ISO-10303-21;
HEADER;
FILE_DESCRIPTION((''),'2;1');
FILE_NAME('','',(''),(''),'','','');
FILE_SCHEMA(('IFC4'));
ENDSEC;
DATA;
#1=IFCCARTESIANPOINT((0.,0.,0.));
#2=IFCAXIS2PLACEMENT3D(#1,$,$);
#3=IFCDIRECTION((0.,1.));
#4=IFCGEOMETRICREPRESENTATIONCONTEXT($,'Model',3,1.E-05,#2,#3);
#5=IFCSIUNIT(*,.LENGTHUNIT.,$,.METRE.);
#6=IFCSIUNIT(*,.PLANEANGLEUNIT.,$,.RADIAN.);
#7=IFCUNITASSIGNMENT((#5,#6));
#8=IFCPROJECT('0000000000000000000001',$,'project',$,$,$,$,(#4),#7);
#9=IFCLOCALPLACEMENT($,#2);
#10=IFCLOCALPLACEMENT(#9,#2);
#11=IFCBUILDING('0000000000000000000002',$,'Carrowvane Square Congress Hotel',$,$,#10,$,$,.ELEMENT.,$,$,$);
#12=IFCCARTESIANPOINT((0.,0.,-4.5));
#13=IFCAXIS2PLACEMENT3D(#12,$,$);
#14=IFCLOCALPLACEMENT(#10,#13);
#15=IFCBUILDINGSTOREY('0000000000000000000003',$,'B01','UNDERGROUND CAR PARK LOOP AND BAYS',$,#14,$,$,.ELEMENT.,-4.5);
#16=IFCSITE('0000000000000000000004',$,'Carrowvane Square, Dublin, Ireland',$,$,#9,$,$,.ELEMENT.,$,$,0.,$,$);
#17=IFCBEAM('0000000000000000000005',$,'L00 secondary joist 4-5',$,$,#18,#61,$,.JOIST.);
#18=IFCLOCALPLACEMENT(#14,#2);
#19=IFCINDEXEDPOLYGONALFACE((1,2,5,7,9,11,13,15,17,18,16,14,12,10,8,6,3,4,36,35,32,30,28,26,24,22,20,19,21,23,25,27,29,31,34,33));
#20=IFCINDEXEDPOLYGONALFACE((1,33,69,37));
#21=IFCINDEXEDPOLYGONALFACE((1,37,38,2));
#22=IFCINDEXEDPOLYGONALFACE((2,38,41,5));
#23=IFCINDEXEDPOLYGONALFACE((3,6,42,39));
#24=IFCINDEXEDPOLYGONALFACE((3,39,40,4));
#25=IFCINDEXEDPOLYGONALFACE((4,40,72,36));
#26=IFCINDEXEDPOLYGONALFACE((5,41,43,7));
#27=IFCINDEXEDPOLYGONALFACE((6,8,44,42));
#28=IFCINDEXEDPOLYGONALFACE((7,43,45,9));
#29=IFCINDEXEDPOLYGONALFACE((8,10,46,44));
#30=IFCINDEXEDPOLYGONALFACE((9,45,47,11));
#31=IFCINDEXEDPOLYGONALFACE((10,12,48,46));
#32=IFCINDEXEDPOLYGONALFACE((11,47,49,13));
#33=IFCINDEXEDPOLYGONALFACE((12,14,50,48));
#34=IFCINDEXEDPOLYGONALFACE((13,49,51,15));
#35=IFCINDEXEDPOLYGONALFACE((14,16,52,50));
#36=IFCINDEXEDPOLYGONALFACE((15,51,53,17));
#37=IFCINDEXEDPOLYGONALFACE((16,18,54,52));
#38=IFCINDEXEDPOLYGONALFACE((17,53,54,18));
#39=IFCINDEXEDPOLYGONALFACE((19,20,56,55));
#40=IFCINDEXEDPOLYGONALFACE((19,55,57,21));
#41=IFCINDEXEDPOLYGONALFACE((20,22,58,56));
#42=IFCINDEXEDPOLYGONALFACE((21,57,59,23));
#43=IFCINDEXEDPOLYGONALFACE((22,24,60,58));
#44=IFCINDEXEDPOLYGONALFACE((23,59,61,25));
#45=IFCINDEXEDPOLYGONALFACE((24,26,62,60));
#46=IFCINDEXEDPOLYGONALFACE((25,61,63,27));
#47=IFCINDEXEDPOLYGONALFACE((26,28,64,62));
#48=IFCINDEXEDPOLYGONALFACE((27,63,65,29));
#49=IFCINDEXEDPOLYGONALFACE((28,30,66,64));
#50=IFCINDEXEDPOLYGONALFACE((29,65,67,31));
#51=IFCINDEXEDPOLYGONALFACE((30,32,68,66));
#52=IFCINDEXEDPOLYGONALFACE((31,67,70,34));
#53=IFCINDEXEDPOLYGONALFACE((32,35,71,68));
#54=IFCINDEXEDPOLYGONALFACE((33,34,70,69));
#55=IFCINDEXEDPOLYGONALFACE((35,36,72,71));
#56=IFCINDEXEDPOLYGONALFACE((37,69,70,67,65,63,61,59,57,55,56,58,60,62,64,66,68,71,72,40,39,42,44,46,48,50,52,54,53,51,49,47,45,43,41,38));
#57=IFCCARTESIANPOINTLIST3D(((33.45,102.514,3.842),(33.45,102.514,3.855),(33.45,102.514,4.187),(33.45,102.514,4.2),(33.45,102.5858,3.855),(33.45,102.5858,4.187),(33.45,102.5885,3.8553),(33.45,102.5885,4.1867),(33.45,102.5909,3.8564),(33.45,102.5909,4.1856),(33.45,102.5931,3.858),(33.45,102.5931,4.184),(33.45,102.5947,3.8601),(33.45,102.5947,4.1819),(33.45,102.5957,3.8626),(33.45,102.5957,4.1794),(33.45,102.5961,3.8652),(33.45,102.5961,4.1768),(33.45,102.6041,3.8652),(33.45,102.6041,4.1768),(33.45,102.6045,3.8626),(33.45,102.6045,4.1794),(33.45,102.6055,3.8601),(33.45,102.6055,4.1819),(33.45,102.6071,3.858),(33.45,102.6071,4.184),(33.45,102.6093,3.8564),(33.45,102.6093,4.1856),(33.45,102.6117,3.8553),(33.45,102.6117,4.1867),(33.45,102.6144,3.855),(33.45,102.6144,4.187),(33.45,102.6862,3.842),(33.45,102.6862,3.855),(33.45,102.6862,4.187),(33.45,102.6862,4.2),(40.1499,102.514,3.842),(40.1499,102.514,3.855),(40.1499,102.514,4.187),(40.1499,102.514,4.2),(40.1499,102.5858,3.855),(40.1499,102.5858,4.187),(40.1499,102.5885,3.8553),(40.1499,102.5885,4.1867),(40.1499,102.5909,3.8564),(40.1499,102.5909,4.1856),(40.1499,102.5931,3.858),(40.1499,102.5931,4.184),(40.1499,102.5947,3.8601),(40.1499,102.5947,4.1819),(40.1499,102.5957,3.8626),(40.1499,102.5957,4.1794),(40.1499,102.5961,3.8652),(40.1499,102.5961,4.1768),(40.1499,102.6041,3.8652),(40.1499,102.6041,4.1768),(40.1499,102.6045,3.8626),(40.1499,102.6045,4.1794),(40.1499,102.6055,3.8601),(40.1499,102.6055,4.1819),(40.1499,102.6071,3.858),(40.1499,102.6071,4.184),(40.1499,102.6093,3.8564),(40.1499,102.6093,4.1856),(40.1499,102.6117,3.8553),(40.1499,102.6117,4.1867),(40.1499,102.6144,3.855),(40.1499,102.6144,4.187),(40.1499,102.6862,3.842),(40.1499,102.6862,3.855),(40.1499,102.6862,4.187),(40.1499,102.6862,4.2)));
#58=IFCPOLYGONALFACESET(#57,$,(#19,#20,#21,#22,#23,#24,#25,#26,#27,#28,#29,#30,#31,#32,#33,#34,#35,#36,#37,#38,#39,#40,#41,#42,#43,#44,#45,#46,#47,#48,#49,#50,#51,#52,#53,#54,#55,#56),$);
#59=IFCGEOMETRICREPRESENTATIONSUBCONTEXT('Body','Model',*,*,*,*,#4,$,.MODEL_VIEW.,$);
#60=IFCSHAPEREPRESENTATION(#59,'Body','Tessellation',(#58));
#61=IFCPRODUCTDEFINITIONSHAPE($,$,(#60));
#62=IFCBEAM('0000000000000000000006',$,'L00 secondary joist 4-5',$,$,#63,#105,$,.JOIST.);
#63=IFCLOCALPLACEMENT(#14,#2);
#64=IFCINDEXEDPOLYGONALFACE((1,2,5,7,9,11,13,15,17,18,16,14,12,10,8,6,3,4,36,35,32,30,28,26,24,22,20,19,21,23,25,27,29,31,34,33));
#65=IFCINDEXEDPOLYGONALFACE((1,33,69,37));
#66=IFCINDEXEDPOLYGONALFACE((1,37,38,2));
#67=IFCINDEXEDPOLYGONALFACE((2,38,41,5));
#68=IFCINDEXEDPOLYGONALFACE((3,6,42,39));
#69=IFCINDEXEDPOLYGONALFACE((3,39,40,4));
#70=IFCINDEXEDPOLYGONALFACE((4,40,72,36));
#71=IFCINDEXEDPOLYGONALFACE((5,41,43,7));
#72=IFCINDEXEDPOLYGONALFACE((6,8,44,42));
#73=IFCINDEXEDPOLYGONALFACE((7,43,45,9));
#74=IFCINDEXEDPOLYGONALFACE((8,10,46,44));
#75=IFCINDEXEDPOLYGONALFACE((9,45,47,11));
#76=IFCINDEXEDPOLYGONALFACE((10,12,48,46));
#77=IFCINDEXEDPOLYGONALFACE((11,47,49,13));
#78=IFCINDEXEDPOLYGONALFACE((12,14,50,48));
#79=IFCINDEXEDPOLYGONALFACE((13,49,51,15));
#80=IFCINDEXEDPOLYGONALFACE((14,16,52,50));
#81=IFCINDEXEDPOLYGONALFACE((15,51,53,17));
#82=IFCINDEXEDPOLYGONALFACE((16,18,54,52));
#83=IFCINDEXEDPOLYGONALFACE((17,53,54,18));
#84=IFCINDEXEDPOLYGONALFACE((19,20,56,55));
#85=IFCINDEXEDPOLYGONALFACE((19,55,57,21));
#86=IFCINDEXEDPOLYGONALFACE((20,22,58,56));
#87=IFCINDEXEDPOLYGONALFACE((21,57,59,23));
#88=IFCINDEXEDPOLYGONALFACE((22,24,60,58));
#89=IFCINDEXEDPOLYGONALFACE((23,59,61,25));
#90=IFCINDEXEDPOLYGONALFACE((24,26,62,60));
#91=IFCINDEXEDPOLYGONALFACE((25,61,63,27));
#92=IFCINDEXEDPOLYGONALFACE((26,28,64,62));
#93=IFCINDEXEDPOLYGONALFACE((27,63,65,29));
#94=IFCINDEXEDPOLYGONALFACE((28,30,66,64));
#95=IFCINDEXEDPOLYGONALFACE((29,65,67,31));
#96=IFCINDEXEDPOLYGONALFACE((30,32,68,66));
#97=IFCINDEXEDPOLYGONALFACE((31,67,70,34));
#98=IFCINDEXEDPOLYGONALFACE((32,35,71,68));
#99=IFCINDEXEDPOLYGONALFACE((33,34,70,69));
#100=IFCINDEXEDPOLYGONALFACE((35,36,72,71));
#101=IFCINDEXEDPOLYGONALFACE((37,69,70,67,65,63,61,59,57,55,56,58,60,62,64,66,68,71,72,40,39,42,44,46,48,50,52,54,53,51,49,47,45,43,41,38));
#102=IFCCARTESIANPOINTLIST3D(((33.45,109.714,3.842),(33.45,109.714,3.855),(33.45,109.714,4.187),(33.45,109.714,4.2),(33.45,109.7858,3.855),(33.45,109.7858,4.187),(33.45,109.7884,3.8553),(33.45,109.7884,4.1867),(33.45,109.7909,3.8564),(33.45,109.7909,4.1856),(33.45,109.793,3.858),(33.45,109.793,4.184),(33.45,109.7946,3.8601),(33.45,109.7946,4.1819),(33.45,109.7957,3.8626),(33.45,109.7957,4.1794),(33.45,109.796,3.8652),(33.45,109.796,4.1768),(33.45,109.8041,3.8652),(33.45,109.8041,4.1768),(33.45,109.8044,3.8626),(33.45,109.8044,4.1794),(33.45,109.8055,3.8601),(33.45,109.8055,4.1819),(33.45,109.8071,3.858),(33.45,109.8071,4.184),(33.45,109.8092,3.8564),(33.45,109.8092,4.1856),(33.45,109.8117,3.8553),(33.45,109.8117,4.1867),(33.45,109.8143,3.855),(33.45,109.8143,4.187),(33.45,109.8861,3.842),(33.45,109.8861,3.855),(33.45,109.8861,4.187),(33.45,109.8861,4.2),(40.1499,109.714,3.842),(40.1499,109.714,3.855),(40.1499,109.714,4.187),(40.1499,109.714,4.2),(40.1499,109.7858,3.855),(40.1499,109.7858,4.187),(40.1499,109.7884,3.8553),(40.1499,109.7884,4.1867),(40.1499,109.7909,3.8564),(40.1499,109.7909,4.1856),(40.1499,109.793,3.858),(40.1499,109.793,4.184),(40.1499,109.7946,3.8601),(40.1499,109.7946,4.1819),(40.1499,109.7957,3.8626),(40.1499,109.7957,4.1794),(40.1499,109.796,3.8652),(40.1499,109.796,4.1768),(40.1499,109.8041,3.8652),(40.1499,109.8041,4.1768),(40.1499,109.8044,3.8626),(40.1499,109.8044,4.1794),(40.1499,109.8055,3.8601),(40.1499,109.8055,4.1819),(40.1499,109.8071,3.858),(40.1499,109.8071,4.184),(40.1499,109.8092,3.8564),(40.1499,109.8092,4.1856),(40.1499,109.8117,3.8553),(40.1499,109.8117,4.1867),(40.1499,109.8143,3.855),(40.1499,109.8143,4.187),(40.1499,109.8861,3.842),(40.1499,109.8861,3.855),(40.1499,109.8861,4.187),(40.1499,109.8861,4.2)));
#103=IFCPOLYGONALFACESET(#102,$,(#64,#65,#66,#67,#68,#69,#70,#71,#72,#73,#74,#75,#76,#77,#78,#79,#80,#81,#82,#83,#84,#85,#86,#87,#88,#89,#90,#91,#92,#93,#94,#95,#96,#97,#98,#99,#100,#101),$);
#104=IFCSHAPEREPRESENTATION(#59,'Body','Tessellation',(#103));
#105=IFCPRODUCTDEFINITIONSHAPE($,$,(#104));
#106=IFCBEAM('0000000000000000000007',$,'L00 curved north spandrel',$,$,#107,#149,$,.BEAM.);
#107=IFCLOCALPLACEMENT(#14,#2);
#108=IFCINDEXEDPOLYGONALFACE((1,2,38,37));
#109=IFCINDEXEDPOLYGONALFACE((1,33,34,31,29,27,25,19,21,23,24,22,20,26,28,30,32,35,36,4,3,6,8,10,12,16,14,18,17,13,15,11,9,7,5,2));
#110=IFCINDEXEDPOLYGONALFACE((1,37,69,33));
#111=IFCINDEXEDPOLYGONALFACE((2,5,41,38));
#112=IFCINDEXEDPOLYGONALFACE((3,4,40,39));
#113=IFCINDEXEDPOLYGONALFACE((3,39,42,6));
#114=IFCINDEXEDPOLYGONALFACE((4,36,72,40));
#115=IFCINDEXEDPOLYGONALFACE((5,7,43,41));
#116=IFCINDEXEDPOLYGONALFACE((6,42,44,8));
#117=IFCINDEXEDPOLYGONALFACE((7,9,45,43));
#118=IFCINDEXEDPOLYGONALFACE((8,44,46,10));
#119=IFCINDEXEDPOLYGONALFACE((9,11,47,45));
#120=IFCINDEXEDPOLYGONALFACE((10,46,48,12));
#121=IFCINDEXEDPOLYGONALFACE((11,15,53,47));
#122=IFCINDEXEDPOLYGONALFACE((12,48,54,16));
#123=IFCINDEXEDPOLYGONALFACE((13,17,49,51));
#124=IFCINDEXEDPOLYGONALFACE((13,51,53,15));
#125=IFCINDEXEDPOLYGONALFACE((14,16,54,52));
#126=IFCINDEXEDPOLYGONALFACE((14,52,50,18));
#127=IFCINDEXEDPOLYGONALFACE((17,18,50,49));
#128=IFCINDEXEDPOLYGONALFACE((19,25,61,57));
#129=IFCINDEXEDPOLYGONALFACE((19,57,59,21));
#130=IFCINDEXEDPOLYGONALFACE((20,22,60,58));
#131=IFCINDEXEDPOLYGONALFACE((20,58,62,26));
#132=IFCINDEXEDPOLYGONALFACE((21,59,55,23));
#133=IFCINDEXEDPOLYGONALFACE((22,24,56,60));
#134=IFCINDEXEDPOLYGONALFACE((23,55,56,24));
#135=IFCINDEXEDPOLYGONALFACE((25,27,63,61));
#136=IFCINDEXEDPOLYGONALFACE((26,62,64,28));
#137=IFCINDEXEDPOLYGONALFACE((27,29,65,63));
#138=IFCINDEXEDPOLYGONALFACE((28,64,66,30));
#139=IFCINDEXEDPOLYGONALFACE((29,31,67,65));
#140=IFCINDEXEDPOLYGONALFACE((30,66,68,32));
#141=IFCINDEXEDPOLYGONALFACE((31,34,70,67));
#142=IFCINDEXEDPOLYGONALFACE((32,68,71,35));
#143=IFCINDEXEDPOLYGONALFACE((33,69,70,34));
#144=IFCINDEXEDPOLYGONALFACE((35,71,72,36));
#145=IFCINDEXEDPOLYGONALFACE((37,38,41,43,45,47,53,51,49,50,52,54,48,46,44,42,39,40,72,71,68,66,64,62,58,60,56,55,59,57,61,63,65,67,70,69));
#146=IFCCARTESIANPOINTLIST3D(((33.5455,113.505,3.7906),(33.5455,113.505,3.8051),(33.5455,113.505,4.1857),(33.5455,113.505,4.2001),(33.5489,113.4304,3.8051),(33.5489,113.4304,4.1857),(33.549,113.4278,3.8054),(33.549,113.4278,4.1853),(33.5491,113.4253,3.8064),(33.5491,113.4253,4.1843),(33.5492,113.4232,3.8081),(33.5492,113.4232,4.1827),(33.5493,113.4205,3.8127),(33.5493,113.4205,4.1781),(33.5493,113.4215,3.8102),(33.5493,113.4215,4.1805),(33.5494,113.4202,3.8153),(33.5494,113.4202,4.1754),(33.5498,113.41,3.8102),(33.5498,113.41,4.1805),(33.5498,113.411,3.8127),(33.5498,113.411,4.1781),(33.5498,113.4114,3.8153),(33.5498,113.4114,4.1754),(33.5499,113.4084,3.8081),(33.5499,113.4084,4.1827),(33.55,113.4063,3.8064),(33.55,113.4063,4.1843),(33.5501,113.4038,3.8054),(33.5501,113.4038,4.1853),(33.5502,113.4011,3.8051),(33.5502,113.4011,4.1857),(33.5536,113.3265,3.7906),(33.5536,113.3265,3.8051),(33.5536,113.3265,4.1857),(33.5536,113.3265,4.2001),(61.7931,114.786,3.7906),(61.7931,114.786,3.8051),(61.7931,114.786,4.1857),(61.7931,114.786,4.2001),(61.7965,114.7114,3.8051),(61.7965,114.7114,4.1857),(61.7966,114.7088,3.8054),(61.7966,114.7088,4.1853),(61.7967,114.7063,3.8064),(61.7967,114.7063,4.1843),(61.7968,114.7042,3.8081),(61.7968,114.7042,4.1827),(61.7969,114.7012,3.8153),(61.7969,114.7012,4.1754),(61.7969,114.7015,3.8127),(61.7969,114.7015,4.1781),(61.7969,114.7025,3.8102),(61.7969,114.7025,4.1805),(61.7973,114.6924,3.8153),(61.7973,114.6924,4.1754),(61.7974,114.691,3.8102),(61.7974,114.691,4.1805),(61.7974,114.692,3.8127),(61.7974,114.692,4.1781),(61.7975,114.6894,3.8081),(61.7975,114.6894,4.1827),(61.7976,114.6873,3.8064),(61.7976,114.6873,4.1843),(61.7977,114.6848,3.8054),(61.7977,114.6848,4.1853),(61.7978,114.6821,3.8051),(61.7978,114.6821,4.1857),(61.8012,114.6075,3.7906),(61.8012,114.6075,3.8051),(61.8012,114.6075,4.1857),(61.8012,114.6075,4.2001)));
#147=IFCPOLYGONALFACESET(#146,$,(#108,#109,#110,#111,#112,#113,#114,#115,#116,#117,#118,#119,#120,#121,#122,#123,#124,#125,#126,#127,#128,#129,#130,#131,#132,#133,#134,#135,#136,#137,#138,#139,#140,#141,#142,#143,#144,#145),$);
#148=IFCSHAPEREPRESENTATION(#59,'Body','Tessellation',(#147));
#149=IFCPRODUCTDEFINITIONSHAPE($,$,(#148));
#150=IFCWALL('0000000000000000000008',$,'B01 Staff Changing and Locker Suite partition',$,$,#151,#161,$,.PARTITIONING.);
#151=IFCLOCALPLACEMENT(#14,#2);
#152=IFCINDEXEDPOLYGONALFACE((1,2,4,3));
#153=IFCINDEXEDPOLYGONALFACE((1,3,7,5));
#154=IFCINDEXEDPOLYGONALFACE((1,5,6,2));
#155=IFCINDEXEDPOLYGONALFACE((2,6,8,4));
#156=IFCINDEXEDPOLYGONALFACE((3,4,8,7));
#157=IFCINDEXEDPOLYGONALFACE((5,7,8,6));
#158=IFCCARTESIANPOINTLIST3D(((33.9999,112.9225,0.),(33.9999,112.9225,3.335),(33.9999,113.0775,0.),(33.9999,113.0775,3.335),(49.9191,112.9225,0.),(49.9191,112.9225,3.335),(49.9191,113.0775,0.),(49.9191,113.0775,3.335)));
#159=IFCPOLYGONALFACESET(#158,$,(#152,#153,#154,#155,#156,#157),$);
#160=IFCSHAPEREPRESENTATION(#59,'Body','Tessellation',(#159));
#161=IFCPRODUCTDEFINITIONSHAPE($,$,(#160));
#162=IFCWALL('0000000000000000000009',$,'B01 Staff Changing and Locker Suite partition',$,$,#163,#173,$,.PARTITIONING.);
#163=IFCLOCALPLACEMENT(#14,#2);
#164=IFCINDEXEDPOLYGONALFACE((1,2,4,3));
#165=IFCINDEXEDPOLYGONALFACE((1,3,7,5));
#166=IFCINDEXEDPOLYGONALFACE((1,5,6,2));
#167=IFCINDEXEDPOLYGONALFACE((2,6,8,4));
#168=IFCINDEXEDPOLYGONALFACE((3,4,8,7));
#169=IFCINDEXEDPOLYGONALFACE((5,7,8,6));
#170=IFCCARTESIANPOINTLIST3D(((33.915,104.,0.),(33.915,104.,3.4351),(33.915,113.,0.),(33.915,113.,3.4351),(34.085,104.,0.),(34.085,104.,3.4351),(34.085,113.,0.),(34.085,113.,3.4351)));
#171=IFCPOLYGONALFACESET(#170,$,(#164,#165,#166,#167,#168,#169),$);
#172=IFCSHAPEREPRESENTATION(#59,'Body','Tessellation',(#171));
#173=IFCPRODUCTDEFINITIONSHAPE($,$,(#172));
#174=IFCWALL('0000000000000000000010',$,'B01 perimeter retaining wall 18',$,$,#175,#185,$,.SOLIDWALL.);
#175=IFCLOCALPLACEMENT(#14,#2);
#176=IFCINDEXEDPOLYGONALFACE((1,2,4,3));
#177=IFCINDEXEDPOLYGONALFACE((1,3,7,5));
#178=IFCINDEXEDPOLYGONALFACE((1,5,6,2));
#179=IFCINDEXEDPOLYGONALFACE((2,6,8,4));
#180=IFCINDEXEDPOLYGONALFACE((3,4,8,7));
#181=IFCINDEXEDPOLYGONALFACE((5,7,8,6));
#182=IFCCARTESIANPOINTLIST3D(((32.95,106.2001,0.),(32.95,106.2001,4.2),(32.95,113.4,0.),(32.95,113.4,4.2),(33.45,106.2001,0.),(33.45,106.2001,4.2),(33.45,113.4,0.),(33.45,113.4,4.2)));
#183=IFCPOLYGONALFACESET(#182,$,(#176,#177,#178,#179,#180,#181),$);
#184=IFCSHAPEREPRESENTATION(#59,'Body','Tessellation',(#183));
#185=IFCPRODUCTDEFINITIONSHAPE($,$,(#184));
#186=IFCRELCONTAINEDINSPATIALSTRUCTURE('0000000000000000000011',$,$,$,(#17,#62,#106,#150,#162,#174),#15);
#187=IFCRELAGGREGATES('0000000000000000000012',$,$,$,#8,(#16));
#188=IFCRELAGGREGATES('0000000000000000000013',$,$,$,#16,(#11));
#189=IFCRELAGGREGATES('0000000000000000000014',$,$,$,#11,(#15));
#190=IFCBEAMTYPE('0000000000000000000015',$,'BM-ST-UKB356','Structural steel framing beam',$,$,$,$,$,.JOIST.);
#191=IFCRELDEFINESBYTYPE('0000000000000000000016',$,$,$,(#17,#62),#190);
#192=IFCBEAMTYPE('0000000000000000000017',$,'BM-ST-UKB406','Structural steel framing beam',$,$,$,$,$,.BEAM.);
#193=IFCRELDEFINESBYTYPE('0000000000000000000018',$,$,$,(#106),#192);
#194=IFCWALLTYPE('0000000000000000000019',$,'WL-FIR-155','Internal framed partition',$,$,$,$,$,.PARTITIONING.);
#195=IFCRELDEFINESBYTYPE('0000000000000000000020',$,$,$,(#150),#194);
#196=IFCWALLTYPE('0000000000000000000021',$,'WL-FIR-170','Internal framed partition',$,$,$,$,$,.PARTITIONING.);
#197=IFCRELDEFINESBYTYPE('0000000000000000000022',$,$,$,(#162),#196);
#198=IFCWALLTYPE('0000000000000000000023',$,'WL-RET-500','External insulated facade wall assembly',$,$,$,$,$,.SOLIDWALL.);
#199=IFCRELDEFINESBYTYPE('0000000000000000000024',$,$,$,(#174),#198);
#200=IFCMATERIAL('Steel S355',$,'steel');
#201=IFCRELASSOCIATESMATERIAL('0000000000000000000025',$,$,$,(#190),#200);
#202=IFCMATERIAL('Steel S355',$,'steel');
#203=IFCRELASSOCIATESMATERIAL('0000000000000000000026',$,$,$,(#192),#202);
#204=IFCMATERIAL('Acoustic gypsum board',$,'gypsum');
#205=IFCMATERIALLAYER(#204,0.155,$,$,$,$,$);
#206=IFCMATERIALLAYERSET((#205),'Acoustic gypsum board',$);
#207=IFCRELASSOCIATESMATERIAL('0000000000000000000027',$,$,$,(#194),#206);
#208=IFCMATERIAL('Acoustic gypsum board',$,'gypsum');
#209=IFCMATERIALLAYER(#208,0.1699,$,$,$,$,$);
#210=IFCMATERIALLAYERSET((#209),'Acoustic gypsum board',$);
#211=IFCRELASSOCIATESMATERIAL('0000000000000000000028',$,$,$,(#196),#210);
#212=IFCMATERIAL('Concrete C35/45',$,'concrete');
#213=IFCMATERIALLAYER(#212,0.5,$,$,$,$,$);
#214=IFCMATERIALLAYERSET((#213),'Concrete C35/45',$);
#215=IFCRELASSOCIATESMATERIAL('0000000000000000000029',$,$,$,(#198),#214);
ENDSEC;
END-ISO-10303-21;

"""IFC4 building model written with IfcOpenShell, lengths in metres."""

from ifc_helpers import new_model, si_unit, direction, frame, frame_2d, origin, origin_2d, place, context, subcontext, project, spatial, rectangle, i_section, extrude, material, layer, layer_set, material_profile, profile_set, type_object, element, save


model = new_model("IFC4")

# Units and contexts
model_context = context("Model", 3, precision=1e-05, world=origin(), true_north=direction((0.0, 1.0)))
body_context = subcontext(model_context, "Body", "Model", "MODEL_VIEW")
ifc_project = project(units=[si_unit("LENGTHUNIT", "METRE"), si_unit("PLANEANGLEUNIT", "RADIAN")], contexts=[model_context])

# Site, building, storey
site_placement = place(None, origin())
site = spatial("IfcSite", under=ifc_project, at=site_placement, Name="Carrowvane Square, Dublin, Ireland", CompositionType="ELEMENT", RefElevation=0.0)
building_placement = place(site_placement, origin())
building = spatial("IfcBuilding", under=site, at=building_placement, Name="Carrowvane Square Congress Hotel", CompositionType="ELEMENT")
storey_placement = place(building_placement, frame((0.0, 0.0, -4.5)))
storey = spatial("IfcBuildingStorey", under=building, at=storey_placement, Name="B01", Description="UNDERGROUND CAR PARK LOOP AND BAYS", CompositionType="ELEMENT", Elevation=-4.5)

# Beams
ifc_material_1 = material(Name="Steel S355", Category="steel")
ifc_material_profile_1 = material_profile(ifc_material_1, i_section(OverallWidth=0.1721, OverallDepth=0.3579, WebThickness=0.0081, FlangeThickness=0.0129, FilletRadius=0.0103, at=origin_2d()), Name="UKB 356x171x57")
ifc_profile_set_1 = profile_set([ifc_material_profile_1], Name="Steel S355")
beam_type_1 = type_object("IfcBeamType", Name="BM-ST-UKB356", Description="Structural steel framing beam", PredefinedType="JOIST", material=ifc_profile_set_1)
for number, where, z_axis, x_axis, name in (
    (1, (33.45, 102.6001, 4.021), (1.0, 0.0, 0.0), (0.0, 1.0, 0.0), "L00 secondary joist 4-5"),
    (2, (33.45, 109.8, 4.021), (1.0, 0.0, 0.0), (0.0, 1.0, 0.0), "L00 secondary joist 4-5"),
):
    element("IfcBeam", number, at=place(storey_placement, frame(where, z_axis=z_axis, x_axis=x_axis)), inside=storey, type_object=beam_type_1, Name=name, PredefinedType="JOIST", context=body_context, shape_type="SweptSolid", body=[
        extrude(i_section(OverallWidth=0.1721, OverallDepth=0.3579, WebThickness=0.0081, FlangeThickness=0.0129, FilletRadius=0.0103, at=origin_2d()), origin(), (0.0, 0.0, 1.0), 6.7),
    ])
ifc_material_2 = material(Name="Steel S355", Category="steel")
ifc_material_profile_2 = material_profile(ifc_material_2, i_section(OverallWidth=0.1787, OverallDepth=0.4094, WebThickness=0.0088, FlangeThickness=0.0144, FilletRadius=0.0103, at=origin_2d()), Name="UKB 406x178x67")
ifc_profile_set_2 = profile_set([ifc_material_profile_2], Name="Steel S355")
beam_type_2 = type_object("IfcBeamType", Name="BM-ST-UKB406", Description="Structural steel framing beam", PredefinedType="BEAM", material=ifc_profile_set_2)
beam_1_placement = place(storey_placement, frame((33.5496, 113.4158, 3.9954), z_axis=(0.998973, 0.045303, 0.0), x_axis=(-0.045303, 0.998973, 0.0)))
element("IfcBeam", 3, at=beam_1_placement, inside=storey, type_object=beam_type_2, Name="L00 curved north spandrel", PredefinedType="BEAM", context=body_context, shape_type="SweptSolid", body=[
    extrude(i_section(OverallWidth=0.1787, OverallDepth=0.4094, WebThickness=0.0088, FlangeThickness=0.0144, FilletRadius=0.0103, at=origin_2d()), origin(), (0.0, 0.0, 1.0), 28.2766),
])

# Walls
ifc_material_3 = material(Name="Acoustic gypsum board", Category="gypsum")
ifc_layer_1 = layer(ifc_material_3, 0.155)
ifc_layer_set_1 = layer_set([ifc_layer_1], Name="Acoustic gypsum board")
wall_type_1 = type_object("IfcWallType", Name="WL-FIR-155", Description="Internal framed partition", PredefinedType="PARTITIONING", material=ifc_layer_set_1)
wall_1_placement = place(storey_placement, frame((34.0, 113.0, 0.0), z_axis=(0.0, 0.0, 1.0), x_axis=(1.0, 0.0, 0.0)))
element("IfcWall", 4, at=wall_1_placement, inside=storey, type_object=wall_type_1, Name="B01 Staff Changing and Locker Suite partition", PredefinedType="PARTITIONING", context=body_context, shape_type="SweptSolid", body=[
    extrude(rectangle(XDim=15.9192, YDim=0.155, at=frame_2d((7.9595, 0.0))), origin(), (0.0, 0.0, 1.0), 3.335),
])
ifc_material_4 = material(Name="Acoustic gypsum board", Category="gypsum")
ifc_layer_2 = layer(ifc_material_4, 0.1699)
ifc_layer_set_2 = layer_set([ifc_layer_2], Name="Acoustic gypsum board")
wall_type_2 = type_object("IfcWallType", Name="WL-FIR-170", Description="Internal framed partition", PredefinedType="PARTITIONING", material=ifc_layer_set_2)
wall_2_placement = place(storey_placement, frame((34.0, 104.0, 0.0), z_axis=(0.0, 0.0, 1.0), x_axis=(0.0, 1.0, 0.0)))
element("IfcWall", 5, at=wall_2_placement, inside=storey, type_object=wall_type_2, Name="B01 Staff Changing and Locker Suite partition", PredefinedType="PARTITIONING", context=body_context, shape_type="SweptSolid", body=[
    extrude(rectangle(XDim=9.0, YDim=0.1699, at=frame_2d((4.5, 0.0))), origin(), (0.0, 0.0, 1.0), 3.4351),
])
ifc_material_5 = material(Name="Concrete C35/45", Category="concrete")
ifc_layer_3 = layer(ifc_material_5, 0.5)
ifc_layer_set_3 = layer_set([ifc_layer_3], Name="Concrete C35/45")
wall_type_3 = type_object("IfcWallType", Name="WL-RET-500", Description="External insulated facade wall assembly", PredefinedType="SOLIDWALL", material=ifc_layer_set_3)
wall_3_placement = place(storey_placement, frame((33.2, 106.2, 0.0), z_axis=(0.0, 0.0, 1.0), x_axis=(0.0, 1.0, 0.0)))
element("IfcWall", 6, at=wall_3_placement, inside=storey, type_object=wall_type_3, Name="B01 perimeter retaining wall 18", PredefinedType="SOLIDWALL", context=body_context, shape_type="SweptSolid", body=[
    extrude(rectangle(XDim=7.2, YDim=0.5, at=frame_2d((3.6001, 0.0))), origin(), (0.0, 0.0, 1.0), 4.2),
])

save(model, "model.ifc")
